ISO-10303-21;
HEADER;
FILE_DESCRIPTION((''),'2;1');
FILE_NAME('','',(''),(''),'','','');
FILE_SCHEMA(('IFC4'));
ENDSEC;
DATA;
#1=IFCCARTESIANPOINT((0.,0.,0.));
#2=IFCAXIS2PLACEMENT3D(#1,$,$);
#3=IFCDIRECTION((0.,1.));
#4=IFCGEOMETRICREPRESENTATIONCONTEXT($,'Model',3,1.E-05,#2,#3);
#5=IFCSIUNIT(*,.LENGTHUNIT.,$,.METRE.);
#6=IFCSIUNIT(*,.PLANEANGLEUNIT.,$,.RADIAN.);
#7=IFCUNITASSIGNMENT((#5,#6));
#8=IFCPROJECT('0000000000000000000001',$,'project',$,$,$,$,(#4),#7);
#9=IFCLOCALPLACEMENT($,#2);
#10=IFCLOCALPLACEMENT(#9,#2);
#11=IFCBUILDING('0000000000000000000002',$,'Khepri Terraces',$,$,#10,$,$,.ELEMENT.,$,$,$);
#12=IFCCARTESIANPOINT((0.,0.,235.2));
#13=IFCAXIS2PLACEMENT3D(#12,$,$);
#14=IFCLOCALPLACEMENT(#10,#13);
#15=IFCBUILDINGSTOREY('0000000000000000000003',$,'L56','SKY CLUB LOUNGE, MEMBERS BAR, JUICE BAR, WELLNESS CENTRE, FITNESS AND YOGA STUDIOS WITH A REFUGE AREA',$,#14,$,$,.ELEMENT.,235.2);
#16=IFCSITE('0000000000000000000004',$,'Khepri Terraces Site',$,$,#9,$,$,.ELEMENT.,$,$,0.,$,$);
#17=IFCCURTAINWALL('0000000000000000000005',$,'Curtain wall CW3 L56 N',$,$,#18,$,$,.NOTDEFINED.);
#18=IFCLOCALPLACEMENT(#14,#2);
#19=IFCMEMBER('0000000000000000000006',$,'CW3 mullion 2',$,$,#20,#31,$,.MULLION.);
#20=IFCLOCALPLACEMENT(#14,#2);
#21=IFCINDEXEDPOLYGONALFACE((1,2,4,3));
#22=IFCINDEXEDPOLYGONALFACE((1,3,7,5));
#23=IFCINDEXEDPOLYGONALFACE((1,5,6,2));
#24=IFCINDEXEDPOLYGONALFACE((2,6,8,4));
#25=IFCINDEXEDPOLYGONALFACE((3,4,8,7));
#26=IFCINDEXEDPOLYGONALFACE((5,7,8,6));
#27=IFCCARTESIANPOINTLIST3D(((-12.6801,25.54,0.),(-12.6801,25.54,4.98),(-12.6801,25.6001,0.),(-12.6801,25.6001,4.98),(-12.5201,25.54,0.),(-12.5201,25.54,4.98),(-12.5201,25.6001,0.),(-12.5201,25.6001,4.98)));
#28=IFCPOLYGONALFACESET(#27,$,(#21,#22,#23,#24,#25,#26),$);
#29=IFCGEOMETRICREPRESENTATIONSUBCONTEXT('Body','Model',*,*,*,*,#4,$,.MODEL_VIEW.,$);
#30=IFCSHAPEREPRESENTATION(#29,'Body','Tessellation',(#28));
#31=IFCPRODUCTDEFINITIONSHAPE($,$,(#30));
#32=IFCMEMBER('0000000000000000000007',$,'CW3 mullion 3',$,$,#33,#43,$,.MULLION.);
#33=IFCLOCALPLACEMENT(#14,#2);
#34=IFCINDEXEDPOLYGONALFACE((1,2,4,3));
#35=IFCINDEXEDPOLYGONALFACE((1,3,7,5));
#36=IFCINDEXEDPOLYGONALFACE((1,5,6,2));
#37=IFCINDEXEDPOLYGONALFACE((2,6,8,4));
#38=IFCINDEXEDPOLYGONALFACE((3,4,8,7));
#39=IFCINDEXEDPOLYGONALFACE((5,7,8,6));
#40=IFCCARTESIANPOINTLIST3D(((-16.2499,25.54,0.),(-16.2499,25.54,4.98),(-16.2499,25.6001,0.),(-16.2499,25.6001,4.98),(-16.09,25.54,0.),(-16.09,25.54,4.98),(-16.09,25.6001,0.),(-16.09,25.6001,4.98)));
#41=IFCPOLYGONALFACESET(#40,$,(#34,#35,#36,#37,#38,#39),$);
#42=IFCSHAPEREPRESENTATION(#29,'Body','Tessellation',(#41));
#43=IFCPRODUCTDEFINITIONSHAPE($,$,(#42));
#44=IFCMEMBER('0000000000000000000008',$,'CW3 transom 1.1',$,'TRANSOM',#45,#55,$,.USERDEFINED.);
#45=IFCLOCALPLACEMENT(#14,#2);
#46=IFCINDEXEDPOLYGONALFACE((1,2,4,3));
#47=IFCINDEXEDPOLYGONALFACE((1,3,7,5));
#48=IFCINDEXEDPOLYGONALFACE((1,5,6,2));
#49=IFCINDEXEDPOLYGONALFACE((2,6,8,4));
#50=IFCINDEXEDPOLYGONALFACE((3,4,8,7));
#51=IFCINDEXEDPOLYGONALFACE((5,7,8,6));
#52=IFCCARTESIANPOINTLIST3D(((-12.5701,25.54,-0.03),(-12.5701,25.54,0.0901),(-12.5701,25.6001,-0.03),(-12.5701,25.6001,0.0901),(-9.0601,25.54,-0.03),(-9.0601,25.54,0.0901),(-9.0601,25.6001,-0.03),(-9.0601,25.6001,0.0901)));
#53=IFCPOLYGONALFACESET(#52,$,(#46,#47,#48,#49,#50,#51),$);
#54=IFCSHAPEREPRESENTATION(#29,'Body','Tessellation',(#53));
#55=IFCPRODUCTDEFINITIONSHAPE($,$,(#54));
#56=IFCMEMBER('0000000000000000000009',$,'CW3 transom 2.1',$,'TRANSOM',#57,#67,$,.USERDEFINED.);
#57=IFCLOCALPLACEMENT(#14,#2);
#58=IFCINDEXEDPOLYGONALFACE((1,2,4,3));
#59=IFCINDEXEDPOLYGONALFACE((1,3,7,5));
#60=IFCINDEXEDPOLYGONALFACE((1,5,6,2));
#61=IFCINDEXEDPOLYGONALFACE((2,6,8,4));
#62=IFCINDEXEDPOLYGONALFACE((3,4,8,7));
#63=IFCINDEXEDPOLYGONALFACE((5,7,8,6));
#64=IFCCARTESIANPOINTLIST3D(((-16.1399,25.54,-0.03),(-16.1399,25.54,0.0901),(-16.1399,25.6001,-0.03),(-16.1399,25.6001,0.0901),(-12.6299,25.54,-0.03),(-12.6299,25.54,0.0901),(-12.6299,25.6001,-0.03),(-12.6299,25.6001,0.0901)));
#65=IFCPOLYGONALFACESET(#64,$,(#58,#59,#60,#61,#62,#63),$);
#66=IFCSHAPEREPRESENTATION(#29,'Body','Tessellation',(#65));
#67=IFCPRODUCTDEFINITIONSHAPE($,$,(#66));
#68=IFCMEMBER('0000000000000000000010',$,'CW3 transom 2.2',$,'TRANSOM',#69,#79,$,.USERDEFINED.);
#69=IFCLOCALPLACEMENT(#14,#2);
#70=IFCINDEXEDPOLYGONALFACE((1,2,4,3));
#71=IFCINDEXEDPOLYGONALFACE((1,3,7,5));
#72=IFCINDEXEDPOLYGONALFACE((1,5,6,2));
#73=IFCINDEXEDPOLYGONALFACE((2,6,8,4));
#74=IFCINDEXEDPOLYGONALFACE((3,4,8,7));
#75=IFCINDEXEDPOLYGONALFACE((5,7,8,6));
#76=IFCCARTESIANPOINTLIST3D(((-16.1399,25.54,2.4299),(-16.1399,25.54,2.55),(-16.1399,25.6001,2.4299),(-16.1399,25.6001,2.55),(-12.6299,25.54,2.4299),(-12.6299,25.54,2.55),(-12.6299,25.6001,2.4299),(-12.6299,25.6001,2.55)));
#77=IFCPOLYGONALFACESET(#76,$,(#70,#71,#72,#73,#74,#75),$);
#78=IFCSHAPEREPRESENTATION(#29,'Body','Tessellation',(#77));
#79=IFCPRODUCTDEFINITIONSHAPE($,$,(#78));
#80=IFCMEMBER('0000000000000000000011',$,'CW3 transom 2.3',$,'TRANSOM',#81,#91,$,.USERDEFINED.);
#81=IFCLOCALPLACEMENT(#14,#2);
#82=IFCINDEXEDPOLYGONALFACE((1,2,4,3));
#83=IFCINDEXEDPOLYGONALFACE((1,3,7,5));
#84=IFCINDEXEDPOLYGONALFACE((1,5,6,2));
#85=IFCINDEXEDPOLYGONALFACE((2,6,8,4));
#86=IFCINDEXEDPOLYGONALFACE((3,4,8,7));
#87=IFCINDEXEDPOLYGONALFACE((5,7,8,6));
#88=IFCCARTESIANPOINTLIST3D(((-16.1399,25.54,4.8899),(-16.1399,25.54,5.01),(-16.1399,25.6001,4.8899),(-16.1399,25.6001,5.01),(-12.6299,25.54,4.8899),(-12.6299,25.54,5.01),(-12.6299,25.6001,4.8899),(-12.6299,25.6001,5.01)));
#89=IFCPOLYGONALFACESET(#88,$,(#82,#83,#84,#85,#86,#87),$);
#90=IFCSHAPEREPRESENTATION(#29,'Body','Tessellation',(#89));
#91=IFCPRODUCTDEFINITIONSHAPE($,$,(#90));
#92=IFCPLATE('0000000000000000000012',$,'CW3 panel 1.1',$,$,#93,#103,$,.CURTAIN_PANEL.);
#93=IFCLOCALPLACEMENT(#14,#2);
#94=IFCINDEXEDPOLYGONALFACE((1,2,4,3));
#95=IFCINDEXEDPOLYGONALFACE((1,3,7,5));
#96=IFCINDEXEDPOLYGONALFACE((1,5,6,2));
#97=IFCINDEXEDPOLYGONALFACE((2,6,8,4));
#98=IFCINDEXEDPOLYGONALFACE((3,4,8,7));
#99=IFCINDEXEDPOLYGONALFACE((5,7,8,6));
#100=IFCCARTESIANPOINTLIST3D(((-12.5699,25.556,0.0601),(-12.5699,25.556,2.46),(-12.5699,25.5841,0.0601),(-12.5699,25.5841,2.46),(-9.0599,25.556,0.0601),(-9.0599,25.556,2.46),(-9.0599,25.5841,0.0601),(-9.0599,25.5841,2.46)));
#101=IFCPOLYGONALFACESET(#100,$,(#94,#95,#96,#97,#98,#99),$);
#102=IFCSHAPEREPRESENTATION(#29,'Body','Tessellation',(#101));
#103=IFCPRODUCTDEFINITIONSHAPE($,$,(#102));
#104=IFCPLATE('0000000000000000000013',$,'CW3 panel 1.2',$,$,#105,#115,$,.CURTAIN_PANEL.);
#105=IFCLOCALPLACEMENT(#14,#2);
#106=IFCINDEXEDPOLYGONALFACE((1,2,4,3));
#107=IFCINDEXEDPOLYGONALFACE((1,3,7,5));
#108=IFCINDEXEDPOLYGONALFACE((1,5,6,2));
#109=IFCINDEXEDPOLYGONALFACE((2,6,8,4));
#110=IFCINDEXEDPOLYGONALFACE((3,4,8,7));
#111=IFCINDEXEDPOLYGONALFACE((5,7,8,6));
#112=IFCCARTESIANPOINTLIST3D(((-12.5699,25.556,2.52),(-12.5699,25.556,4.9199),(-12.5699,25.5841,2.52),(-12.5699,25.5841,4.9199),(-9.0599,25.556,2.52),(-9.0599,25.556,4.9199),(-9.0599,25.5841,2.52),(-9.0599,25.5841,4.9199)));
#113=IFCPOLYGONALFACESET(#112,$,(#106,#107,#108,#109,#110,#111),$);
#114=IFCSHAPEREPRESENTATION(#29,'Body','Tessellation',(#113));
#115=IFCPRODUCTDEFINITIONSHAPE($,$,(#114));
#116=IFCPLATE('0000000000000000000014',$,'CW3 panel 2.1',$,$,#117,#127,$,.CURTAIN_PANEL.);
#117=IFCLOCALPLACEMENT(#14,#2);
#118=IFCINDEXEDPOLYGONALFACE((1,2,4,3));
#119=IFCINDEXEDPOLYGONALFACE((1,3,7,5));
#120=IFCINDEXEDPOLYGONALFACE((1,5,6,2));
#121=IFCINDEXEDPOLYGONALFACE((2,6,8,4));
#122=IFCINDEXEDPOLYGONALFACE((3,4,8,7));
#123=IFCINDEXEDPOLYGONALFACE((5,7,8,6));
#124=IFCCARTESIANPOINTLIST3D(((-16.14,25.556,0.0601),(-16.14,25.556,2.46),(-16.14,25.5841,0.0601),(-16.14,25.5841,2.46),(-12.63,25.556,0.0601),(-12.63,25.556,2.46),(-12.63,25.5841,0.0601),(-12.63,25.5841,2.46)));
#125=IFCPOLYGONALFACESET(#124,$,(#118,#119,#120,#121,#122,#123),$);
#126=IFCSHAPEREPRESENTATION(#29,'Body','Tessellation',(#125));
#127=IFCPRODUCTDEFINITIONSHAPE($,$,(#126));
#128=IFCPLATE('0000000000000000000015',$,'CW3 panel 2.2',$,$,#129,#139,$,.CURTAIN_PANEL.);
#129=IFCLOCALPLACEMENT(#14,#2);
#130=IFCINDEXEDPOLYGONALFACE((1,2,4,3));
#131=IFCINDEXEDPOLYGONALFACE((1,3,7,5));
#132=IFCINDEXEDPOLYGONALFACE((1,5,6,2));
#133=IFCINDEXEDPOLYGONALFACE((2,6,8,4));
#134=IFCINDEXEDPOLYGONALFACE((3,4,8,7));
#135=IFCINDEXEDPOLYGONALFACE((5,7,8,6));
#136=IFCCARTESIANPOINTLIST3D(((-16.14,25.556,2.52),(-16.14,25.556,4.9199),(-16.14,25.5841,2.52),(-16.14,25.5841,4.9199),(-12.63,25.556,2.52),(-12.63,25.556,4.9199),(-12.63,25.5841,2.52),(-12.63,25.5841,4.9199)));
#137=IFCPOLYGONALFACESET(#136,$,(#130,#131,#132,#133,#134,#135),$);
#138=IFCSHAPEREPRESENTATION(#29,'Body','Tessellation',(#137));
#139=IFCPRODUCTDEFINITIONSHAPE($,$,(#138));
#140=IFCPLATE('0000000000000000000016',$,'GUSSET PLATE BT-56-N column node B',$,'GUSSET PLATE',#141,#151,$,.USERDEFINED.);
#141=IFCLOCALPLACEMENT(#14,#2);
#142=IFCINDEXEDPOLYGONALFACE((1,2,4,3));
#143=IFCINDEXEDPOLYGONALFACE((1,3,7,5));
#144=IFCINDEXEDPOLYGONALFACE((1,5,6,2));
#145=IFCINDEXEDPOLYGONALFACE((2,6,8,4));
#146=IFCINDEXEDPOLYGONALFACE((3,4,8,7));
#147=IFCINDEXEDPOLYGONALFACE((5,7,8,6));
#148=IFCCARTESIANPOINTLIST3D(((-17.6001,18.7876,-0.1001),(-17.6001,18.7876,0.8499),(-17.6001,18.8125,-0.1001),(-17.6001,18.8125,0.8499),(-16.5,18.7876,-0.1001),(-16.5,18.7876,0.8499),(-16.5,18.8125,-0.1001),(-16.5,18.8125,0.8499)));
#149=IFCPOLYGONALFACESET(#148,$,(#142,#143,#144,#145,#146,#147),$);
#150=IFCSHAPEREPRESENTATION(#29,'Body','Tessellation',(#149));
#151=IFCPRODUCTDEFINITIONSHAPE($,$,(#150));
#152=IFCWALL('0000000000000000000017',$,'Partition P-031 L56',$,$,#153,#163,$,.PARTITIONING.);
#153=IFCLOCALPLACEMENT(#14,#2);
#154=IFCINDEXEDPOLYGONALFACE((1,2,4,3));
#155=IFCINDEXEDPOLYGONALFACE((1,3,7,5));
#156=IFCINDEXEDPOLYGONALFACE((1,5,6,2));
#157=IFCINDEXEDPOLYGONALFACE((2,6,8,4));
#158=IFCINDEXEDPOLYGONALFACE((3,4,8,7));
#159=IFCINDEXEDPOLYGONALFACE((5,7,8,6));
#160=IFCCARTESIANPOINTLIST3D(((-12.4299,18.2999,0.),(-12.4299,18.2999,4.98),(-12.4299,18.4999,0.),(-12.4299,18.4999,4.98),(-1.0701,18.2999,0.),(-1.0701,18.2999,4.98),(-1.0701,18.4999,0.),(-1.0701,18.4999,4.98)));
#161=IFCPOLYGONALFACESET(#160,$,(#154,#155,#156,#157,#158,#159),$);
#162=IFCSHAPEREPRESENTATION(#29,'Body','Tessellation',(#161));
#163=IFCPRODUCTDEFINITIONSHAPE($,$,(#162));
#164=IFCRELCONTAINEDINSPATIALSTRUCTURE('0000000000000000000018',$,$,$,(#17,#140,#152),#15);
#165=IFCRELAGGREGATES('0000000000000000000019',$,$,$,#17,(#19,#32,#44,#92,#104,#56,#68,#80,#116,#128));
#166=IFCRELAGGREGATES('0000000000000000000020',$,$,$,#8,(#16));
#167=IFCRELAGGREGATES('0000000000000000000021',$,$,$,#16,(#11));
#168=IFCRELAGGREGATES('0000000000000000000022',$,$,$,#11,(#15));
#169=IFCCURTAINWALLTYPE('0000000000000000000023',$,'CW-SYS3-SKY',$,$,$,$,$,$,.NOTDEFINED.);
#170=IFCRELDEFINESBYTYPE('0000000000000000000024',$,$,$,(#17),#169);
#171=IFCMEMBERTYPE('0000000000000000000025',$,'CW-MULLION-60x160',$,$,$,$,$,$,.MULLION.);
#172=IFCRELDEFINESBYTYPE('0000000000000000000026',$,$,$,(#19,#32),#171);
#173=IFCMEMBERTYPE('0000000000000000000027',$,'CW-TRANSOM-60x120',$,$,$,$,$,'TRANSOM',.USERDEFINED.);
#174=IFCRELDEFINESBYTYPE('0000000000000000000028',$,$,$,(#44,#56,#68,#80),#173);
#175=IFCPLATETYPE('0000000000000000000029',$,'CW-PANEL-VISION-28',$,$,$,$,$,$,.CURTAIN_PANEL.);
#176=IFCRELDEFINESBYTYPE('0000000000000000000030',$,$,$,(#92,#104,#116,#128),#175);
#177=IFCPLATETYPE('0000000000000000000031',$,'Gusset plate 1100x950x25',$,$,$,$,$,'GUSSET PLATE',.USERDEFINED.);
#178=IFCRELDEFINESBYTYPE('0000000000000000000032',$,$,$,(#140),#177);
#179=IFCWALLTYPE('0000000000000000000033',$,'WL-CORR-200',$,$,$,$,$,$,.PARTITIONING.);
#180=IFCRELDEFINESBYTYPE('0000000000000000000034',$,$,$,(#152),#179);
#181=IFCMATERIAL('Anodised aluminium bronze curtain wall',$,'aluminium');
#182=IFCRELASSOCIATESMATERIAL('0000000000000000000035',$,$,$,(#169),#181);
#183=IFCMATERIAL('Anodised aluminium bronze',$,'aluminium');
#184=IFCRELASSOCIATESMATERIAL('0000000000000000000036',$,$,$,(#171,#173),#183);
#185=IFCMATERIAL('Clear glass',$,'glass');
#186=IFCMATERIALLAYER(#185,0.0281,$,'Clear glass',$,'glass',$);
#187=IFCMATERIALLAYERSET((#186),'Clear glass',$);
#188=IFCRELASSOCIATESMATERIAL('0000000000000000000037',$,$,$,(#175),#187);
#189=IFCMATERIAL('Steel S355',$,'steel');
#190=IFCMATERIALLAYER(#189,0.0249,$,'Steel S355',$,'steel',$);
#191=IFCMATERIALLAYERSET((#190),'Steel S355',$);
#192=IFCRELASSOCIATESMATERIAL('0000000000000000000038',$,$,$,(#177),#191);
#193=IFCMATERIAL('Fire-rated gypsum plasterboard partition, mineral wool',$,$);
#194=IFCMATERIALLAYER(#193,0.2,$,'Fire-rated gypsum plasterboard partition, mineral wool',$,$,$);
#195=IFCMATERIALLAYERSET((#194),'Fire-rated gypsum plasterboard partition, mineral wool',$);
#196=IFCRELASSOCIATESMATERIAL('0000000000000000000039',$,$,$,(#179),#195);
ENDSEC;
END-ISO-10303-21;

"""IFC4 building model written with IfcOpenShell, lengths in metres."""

from ifc_helpers import new_model, si_unit, direction, frame, frame_2d, origin, origin_2d, place, context, subcontext, project, spatial, rectangle, extrude, material, layer, layer_set, material_profile, profile_set, type_object, element, aggregate, save


model = new_model("IFC4")

# Units and contexts
model_context = context("Model", 3, precision=1e-05, world=origin(), true_north=direction((0.0, 1.0)))
body_context = subcontext(model_context, "Body", "Model", "MODEL_VIEW")
ifc_project = project(units=[si_unit("LENGTHUNIT", "METRE"), si_unit("PLANEANGLEUNIT", "RADIAN")], contexts=[model_context])

# Site, building, storey
site_placement = place(None, origin())
site = spatial("IfcSite", under=ifc_project, at=site_placement, Name="Khepri Terraces Site", CompositionType="ELEMENT", RefElevation=0.0)
building_placement = place(site_placement, origin())
building = spatial("IfcBuilding", under=site, at=building_placement, Name="Khepri Terraces", CompositionType="ELEMENT")
storey_placement = place(building_placement, frame((0.0, 0.0, 235.2)))
storey = spatial("IfcBuildingStorey", under=building, at=storey_placement, Name="L56", Description="SKY CLUB LOUNGE, MEMBERS BAR, JUICE BAR, WELLNESS CENTRE, FITNESS AND YOGA STUDIOS WITH A REFUGE AREA", CompositionType="ELEMENT", Elevation=235.2)

# Shared definitions
ifc_material_1 = material(Name="Steel S355", Category="steel")

# Curtain wall, members, plates
ifc_material_2 = material(Name="Anodised aluminium bronze curtain wall", Category="aluminium")
curtain_wall_type = type_object("IfcCurtainWallType", Name="CW-SYS3-SKY", PredefinedType="NOTDEFINED", material=ifc_material_2)
curtain_wall_placement = place(storey_placement, origin())
curtain_wall = element("IfcCurtainWall", 1, at=curtain_wall_placement, inside=storey, type_object=curtain_wall_type, Name="Curtain wall CW3 L56 N", PredefinedType="NOTDEFINED")
ifc_material_3 = material(Name="Anodised aluminium bronze", Category="aluminium")
ifc_material_profile_1 = material_profile(ifc_material_3, rectangle(XDim=0.0601, YDim=0.1599, at=origin_2d()), Name="Anodised aluminium bronze", Category="aluminium")
ifc_profile_set_1 = profile_set([ifc_material_profile_1], Name="Anodised aluminium bronze")
member_type_1 = type_object("IfcMemberType", Name="CW-MULLION-60x160", PredefinedType="MULLION", material=ifc_profile_set_1)
member_1_placement = place(storey_placement, frame((-12.6001, 25.5701, 0.0), z_axis=(0.0, 0.0, 1.0), x_axis=(0.0, -1.0, 0.0)))
member_1 = element("IfcMember", 2, at=member_1_placement, type_object=member_type_1, Name="CW3 mullion 2", PredefinedType="MULLION", context=body_context, shape_type="SweptSolid", body=[
    extrude(rectangle(XDim=0.0601, YDim=0.1599, at=origin_2d()), origin(), (0.0, 0.0, 1.0), 4.98),
])
member_2_placement = place(storey_placement, frame((-16.1699, 25.5701, 0.0), z_axis=(0.0, 0.0, 1.0), x_axis=(0.0, -1.0, 0.0)))
member_2 = element("IfcMember", 3, at=member_2_placement, type_object=member_type_1, Name="CW3 mullion 3", PredefinedType="MULLION", context=body_context, shape_type="SweptSolid", body=[
    extrude(rectangle(XDim=0.0601, YDim=0.1599, at=origin_2d()), origin(), (0.0, 0.0, 1.0), 4.98),
])
ifc_material_profile_2 = material_profile(ifc_material_3, rectangle(XDim=0.0601, YDim=0.1201, at=origin_2d()), Name="Anodised aluminium bronze", Category="aluminium")
ifc_profile_set_2 = profile_set([ifc_material_profile_2], Name="Anodised aluminium bronze")
member_type_2 = type_object("IfcMemberType", Name="CW-TRANSOM-60x120", ElementType="TRANSOM", PredefinedType="USERDEFINED", material=ifc_profile_set_2)
member_3_placement = place(storey_placement, frame((-9.0601, 25.5701, 0.03), z_axis=(-1.0, 0.0, 0.0), x_axis=(0.0, -1.0, 0.0)))
member_3 = element("IfcMember", 4, at=member_3_placement, type_object=member_type_2, Name="CW3 transom 1.1", ObjectType="TRANSOM", PredefinedType="USERDEFINED", context=body_context, shape_type="SweptSolid", body=[
    extrude(rectangle(XDim=0.0601, YDim=0.1201, at=origin_2d()), origin(), (0.0, 0.0, 1.0), 3.51),
])
member_4_placement = place(storey_placement, frame((-12.6299, 25.5701, 0.03), z_axis=(-1.0, 0.0, 0.0), x_axis=(0.0, -1.0, 0.0)))
member_4 = element("IfcMember", 5, at=member_4_placement, type_object=member_type_2, Name="CW3 transom 2.1", ObjectType="TRANSOM", PredefinedType="USERDEFINED", context=body_context, shape_type="SweptSolid", body=[
    extrude(rectangle(XDim=0.0601, YDim=0.1201, at=origin_2d()), origin(), (0.0, 0.0, 1.0), 3.51),
])
member_5_placement = place(storey_placement, frame((-12.6299, 25.5701, 2.49), z_axis=(-1.0, 0.0, 0.0), x_axis=(0.0, -1.0, 0.0)))
member_5 = element("IfcMember", 6, at=member_5_placement, type_object=member_type_2, Name="CW3 transom 2.2", ObjectType="TRANSOM", PredefinedType="USERDEFINED", context=body_context, shape_type="SweptSolid", body=[
    extrude(rectangle(XDim=0.0601, YDim=0.1201, at=origin_2d()), origin(), (0.0, 0.0, 1.0), 3.51),
])
member_6_placement = place(storey_placement, frame((-12.6299, 25.5701, 4.95), z_axis=(-1.0, 0.0, 0.0), x_axis=(0.0, -1.0, 0.0)))
member_6 = element("IfcMember", 7, at=member_6_placement, type_object=member_type_2, Name="CW3 transom 2.3", ObjectType="TRANSOM", PredefinedType="USERDEFINED", context=body_context, shape_type="SweptSolid", body=[
    extrude(rectangle(XDim=0.0601, YDim=0.1201, at=origin_2d()), origin(), (0.0, 0.0, 1.0), 3.51),
])
ifc_material_4 = material(Name="Clear glass", Category="glass")
ifc_layer_1 = layer(ifc_material_4, 0.0281, Name="Clear glass", Category="glass")
ifc_layer_set_1 = layer_set([ifc_layer_1], Name="Clear glass")
plate_type_1 = type_object("IfcPlateType", Name="CW-PANEL-VISION-28", PredefinedType="CURTAIN_PANEL", material=ifc_layer_set_1)
plate_1_placement = place(storey_placement, frame((-10.8149, 25.5701, 0.0601), z_axis=(0.0, 0.0, 1.0), x_axis=(-1.0, 0.0, 0.0)))
plate_1 = element("IfcPlate", 8, at=plate_1_placement, type_object=plate_type_1, Name="CW3 panel 1.1", PredefinedType="CURTAIN_PANEL", context=body_context, shape_type="SweptSolid", body=[
    extrude(rectangle(XDim=3.51, YDim=0.0281, at=origin_2d()), origin(), (0.0, 0.0, 1.0), 2.3999),
])
plate_2_placement = place(storey_placement, frame((-10.8149, 25.5701, 2.52), z_axis=(0.0, 0.0, 1.0), x_axis=(-1.0, 0.0, 0.0)))
plate_2 = element("IfcPlate", 9, at=plate_2_placement, type_object=plate_type_1, Name="CW3 panel 1.2", PredefinedType="CURTAIN_PANEL", context=body_context, shape_type="SweptSolid", body=[
    extrude(rectangle(XDim=3.51, YDim=0.0281, at=origin_2d()), origin(), (0.0, 0.0, 1.0), 2.3999),
])
plate_3_placement = place(storey_placement, frame((-14.385, 25.5701, 0.0601), z_axis=(0.0, 0.0, 1.0), x_axis=(-1.0, 0.0, 0.0)))
plate_3 = element("IfcPlate", 10, at=plate_3_placement, type_object=plate_type_1, Name="CW3 panel 2.1", PredefinedType="CURTAIN_PANEL", context=body_context, shape_type="SweptSolid", body=[
    extrude(rectangle(XDim=3.51, YDim=0.0281, at=origin_2d()), origin(), (0.0, 0.0, 1.0), 2.3999),
])
plate_4_placement = place(storey_placement, frame((-14.385, 25.5701, 2.52), z_axis=(0.0, 0.0, 1.0), x_axis=(-1.0, 0.0, 0.0)))
plate_4 = element("IfcPlate", 11, at=plate_4_placement, type_object=plate_type_1, Name="CW3 panel 2.2", PredefinedType="CURTAIN_PANEL", context=body_context, shape_type="SweptSolid", body=[
    extrude(rectangle(XDim=3.51, YDim=0.0281, at=origin_2d()), origin(), (0.0, 0.0, 1.0), 2.3999),
])
aggregate(curtain_wall, [member_1, member_2, member_3, plate_1, plate_2, member_4, member_5, member_6, plate_3, plate_4])

# Plate
ifc_layer_2 = layer(ifc_material_1, 0.0249, Name="Steel S355", Category="steel")
ifc_layer_set_2 = layer_set([ifc_layer_2], Name="Steel S355")
plate_type_2 = type_object("IfcPlateType", Name="Gusset plate 1100x950x25", ElementType="GUSSET PLATE", PredefinedType="USERDEFINED", material=ifc_layer_set_2)
plate_5_placement = place(storey_placement, frame((-17.05, 18.8, -0.1001), z_axis=(0.0, 0.0, 1.0), x_axis=(-1.0, 0.0, 0.0)))
element("IfcPlate", 12, at=plate_5_placement, inside=storey, type_object=plate_type_2, Name="GUSSET PLATE BT-56-N column node B", ObjectType="GUSSET PLATE", PredefinedType="USERDEFINED", context=body_context, shape_type="SweptSolid", body=[
    extrude(rectangle(XDim=1.1001, YDim=0.0249, at=origin_2d()), origin(), (0.0, 0.0, 1.0), 0.95),
])

# Wall
ifc_material_5 = material(Name="Fire-rated gypsum plasterboard partition, mineral wool")
ifc_layer_3 = layer(ifc_material_5, 0.2, Name="Fire-rated gypsum plasterboard partition, mineral wool")
ifc_layer_set_3 = layer_set([ifc_layer_3], Name="Fire-rated gypsum plasterboard partition, mineral wool")
wall_type = type_object("IfcWallType", Name="WL-CORR-200", PredefinedType="PARTITIONING", material=ifc_layer_set_3)
wall_placement = place(storey_placement, frame((-12.4299, 18.3999, 0.0), z_axis=(0.0, 0.0, 1.0), x_axis=(1.0, 0.0, 0.0)))
element("IfcWall", 13, at=wall_placement, inside=storey, type_object=wall_type, Name="Partition P-031 L56", PredefinedType="PARTITIONING", context=body_context, shape_type="SweptSolid", body=[
    extrude(rectangle(XDim=11.3599, YDim=0.2, at=frame_2d((5.6799, 0.0))), origin(), (0.0, 0.0, 1.0), 4.98),
])

save(model, "model.ifc")
